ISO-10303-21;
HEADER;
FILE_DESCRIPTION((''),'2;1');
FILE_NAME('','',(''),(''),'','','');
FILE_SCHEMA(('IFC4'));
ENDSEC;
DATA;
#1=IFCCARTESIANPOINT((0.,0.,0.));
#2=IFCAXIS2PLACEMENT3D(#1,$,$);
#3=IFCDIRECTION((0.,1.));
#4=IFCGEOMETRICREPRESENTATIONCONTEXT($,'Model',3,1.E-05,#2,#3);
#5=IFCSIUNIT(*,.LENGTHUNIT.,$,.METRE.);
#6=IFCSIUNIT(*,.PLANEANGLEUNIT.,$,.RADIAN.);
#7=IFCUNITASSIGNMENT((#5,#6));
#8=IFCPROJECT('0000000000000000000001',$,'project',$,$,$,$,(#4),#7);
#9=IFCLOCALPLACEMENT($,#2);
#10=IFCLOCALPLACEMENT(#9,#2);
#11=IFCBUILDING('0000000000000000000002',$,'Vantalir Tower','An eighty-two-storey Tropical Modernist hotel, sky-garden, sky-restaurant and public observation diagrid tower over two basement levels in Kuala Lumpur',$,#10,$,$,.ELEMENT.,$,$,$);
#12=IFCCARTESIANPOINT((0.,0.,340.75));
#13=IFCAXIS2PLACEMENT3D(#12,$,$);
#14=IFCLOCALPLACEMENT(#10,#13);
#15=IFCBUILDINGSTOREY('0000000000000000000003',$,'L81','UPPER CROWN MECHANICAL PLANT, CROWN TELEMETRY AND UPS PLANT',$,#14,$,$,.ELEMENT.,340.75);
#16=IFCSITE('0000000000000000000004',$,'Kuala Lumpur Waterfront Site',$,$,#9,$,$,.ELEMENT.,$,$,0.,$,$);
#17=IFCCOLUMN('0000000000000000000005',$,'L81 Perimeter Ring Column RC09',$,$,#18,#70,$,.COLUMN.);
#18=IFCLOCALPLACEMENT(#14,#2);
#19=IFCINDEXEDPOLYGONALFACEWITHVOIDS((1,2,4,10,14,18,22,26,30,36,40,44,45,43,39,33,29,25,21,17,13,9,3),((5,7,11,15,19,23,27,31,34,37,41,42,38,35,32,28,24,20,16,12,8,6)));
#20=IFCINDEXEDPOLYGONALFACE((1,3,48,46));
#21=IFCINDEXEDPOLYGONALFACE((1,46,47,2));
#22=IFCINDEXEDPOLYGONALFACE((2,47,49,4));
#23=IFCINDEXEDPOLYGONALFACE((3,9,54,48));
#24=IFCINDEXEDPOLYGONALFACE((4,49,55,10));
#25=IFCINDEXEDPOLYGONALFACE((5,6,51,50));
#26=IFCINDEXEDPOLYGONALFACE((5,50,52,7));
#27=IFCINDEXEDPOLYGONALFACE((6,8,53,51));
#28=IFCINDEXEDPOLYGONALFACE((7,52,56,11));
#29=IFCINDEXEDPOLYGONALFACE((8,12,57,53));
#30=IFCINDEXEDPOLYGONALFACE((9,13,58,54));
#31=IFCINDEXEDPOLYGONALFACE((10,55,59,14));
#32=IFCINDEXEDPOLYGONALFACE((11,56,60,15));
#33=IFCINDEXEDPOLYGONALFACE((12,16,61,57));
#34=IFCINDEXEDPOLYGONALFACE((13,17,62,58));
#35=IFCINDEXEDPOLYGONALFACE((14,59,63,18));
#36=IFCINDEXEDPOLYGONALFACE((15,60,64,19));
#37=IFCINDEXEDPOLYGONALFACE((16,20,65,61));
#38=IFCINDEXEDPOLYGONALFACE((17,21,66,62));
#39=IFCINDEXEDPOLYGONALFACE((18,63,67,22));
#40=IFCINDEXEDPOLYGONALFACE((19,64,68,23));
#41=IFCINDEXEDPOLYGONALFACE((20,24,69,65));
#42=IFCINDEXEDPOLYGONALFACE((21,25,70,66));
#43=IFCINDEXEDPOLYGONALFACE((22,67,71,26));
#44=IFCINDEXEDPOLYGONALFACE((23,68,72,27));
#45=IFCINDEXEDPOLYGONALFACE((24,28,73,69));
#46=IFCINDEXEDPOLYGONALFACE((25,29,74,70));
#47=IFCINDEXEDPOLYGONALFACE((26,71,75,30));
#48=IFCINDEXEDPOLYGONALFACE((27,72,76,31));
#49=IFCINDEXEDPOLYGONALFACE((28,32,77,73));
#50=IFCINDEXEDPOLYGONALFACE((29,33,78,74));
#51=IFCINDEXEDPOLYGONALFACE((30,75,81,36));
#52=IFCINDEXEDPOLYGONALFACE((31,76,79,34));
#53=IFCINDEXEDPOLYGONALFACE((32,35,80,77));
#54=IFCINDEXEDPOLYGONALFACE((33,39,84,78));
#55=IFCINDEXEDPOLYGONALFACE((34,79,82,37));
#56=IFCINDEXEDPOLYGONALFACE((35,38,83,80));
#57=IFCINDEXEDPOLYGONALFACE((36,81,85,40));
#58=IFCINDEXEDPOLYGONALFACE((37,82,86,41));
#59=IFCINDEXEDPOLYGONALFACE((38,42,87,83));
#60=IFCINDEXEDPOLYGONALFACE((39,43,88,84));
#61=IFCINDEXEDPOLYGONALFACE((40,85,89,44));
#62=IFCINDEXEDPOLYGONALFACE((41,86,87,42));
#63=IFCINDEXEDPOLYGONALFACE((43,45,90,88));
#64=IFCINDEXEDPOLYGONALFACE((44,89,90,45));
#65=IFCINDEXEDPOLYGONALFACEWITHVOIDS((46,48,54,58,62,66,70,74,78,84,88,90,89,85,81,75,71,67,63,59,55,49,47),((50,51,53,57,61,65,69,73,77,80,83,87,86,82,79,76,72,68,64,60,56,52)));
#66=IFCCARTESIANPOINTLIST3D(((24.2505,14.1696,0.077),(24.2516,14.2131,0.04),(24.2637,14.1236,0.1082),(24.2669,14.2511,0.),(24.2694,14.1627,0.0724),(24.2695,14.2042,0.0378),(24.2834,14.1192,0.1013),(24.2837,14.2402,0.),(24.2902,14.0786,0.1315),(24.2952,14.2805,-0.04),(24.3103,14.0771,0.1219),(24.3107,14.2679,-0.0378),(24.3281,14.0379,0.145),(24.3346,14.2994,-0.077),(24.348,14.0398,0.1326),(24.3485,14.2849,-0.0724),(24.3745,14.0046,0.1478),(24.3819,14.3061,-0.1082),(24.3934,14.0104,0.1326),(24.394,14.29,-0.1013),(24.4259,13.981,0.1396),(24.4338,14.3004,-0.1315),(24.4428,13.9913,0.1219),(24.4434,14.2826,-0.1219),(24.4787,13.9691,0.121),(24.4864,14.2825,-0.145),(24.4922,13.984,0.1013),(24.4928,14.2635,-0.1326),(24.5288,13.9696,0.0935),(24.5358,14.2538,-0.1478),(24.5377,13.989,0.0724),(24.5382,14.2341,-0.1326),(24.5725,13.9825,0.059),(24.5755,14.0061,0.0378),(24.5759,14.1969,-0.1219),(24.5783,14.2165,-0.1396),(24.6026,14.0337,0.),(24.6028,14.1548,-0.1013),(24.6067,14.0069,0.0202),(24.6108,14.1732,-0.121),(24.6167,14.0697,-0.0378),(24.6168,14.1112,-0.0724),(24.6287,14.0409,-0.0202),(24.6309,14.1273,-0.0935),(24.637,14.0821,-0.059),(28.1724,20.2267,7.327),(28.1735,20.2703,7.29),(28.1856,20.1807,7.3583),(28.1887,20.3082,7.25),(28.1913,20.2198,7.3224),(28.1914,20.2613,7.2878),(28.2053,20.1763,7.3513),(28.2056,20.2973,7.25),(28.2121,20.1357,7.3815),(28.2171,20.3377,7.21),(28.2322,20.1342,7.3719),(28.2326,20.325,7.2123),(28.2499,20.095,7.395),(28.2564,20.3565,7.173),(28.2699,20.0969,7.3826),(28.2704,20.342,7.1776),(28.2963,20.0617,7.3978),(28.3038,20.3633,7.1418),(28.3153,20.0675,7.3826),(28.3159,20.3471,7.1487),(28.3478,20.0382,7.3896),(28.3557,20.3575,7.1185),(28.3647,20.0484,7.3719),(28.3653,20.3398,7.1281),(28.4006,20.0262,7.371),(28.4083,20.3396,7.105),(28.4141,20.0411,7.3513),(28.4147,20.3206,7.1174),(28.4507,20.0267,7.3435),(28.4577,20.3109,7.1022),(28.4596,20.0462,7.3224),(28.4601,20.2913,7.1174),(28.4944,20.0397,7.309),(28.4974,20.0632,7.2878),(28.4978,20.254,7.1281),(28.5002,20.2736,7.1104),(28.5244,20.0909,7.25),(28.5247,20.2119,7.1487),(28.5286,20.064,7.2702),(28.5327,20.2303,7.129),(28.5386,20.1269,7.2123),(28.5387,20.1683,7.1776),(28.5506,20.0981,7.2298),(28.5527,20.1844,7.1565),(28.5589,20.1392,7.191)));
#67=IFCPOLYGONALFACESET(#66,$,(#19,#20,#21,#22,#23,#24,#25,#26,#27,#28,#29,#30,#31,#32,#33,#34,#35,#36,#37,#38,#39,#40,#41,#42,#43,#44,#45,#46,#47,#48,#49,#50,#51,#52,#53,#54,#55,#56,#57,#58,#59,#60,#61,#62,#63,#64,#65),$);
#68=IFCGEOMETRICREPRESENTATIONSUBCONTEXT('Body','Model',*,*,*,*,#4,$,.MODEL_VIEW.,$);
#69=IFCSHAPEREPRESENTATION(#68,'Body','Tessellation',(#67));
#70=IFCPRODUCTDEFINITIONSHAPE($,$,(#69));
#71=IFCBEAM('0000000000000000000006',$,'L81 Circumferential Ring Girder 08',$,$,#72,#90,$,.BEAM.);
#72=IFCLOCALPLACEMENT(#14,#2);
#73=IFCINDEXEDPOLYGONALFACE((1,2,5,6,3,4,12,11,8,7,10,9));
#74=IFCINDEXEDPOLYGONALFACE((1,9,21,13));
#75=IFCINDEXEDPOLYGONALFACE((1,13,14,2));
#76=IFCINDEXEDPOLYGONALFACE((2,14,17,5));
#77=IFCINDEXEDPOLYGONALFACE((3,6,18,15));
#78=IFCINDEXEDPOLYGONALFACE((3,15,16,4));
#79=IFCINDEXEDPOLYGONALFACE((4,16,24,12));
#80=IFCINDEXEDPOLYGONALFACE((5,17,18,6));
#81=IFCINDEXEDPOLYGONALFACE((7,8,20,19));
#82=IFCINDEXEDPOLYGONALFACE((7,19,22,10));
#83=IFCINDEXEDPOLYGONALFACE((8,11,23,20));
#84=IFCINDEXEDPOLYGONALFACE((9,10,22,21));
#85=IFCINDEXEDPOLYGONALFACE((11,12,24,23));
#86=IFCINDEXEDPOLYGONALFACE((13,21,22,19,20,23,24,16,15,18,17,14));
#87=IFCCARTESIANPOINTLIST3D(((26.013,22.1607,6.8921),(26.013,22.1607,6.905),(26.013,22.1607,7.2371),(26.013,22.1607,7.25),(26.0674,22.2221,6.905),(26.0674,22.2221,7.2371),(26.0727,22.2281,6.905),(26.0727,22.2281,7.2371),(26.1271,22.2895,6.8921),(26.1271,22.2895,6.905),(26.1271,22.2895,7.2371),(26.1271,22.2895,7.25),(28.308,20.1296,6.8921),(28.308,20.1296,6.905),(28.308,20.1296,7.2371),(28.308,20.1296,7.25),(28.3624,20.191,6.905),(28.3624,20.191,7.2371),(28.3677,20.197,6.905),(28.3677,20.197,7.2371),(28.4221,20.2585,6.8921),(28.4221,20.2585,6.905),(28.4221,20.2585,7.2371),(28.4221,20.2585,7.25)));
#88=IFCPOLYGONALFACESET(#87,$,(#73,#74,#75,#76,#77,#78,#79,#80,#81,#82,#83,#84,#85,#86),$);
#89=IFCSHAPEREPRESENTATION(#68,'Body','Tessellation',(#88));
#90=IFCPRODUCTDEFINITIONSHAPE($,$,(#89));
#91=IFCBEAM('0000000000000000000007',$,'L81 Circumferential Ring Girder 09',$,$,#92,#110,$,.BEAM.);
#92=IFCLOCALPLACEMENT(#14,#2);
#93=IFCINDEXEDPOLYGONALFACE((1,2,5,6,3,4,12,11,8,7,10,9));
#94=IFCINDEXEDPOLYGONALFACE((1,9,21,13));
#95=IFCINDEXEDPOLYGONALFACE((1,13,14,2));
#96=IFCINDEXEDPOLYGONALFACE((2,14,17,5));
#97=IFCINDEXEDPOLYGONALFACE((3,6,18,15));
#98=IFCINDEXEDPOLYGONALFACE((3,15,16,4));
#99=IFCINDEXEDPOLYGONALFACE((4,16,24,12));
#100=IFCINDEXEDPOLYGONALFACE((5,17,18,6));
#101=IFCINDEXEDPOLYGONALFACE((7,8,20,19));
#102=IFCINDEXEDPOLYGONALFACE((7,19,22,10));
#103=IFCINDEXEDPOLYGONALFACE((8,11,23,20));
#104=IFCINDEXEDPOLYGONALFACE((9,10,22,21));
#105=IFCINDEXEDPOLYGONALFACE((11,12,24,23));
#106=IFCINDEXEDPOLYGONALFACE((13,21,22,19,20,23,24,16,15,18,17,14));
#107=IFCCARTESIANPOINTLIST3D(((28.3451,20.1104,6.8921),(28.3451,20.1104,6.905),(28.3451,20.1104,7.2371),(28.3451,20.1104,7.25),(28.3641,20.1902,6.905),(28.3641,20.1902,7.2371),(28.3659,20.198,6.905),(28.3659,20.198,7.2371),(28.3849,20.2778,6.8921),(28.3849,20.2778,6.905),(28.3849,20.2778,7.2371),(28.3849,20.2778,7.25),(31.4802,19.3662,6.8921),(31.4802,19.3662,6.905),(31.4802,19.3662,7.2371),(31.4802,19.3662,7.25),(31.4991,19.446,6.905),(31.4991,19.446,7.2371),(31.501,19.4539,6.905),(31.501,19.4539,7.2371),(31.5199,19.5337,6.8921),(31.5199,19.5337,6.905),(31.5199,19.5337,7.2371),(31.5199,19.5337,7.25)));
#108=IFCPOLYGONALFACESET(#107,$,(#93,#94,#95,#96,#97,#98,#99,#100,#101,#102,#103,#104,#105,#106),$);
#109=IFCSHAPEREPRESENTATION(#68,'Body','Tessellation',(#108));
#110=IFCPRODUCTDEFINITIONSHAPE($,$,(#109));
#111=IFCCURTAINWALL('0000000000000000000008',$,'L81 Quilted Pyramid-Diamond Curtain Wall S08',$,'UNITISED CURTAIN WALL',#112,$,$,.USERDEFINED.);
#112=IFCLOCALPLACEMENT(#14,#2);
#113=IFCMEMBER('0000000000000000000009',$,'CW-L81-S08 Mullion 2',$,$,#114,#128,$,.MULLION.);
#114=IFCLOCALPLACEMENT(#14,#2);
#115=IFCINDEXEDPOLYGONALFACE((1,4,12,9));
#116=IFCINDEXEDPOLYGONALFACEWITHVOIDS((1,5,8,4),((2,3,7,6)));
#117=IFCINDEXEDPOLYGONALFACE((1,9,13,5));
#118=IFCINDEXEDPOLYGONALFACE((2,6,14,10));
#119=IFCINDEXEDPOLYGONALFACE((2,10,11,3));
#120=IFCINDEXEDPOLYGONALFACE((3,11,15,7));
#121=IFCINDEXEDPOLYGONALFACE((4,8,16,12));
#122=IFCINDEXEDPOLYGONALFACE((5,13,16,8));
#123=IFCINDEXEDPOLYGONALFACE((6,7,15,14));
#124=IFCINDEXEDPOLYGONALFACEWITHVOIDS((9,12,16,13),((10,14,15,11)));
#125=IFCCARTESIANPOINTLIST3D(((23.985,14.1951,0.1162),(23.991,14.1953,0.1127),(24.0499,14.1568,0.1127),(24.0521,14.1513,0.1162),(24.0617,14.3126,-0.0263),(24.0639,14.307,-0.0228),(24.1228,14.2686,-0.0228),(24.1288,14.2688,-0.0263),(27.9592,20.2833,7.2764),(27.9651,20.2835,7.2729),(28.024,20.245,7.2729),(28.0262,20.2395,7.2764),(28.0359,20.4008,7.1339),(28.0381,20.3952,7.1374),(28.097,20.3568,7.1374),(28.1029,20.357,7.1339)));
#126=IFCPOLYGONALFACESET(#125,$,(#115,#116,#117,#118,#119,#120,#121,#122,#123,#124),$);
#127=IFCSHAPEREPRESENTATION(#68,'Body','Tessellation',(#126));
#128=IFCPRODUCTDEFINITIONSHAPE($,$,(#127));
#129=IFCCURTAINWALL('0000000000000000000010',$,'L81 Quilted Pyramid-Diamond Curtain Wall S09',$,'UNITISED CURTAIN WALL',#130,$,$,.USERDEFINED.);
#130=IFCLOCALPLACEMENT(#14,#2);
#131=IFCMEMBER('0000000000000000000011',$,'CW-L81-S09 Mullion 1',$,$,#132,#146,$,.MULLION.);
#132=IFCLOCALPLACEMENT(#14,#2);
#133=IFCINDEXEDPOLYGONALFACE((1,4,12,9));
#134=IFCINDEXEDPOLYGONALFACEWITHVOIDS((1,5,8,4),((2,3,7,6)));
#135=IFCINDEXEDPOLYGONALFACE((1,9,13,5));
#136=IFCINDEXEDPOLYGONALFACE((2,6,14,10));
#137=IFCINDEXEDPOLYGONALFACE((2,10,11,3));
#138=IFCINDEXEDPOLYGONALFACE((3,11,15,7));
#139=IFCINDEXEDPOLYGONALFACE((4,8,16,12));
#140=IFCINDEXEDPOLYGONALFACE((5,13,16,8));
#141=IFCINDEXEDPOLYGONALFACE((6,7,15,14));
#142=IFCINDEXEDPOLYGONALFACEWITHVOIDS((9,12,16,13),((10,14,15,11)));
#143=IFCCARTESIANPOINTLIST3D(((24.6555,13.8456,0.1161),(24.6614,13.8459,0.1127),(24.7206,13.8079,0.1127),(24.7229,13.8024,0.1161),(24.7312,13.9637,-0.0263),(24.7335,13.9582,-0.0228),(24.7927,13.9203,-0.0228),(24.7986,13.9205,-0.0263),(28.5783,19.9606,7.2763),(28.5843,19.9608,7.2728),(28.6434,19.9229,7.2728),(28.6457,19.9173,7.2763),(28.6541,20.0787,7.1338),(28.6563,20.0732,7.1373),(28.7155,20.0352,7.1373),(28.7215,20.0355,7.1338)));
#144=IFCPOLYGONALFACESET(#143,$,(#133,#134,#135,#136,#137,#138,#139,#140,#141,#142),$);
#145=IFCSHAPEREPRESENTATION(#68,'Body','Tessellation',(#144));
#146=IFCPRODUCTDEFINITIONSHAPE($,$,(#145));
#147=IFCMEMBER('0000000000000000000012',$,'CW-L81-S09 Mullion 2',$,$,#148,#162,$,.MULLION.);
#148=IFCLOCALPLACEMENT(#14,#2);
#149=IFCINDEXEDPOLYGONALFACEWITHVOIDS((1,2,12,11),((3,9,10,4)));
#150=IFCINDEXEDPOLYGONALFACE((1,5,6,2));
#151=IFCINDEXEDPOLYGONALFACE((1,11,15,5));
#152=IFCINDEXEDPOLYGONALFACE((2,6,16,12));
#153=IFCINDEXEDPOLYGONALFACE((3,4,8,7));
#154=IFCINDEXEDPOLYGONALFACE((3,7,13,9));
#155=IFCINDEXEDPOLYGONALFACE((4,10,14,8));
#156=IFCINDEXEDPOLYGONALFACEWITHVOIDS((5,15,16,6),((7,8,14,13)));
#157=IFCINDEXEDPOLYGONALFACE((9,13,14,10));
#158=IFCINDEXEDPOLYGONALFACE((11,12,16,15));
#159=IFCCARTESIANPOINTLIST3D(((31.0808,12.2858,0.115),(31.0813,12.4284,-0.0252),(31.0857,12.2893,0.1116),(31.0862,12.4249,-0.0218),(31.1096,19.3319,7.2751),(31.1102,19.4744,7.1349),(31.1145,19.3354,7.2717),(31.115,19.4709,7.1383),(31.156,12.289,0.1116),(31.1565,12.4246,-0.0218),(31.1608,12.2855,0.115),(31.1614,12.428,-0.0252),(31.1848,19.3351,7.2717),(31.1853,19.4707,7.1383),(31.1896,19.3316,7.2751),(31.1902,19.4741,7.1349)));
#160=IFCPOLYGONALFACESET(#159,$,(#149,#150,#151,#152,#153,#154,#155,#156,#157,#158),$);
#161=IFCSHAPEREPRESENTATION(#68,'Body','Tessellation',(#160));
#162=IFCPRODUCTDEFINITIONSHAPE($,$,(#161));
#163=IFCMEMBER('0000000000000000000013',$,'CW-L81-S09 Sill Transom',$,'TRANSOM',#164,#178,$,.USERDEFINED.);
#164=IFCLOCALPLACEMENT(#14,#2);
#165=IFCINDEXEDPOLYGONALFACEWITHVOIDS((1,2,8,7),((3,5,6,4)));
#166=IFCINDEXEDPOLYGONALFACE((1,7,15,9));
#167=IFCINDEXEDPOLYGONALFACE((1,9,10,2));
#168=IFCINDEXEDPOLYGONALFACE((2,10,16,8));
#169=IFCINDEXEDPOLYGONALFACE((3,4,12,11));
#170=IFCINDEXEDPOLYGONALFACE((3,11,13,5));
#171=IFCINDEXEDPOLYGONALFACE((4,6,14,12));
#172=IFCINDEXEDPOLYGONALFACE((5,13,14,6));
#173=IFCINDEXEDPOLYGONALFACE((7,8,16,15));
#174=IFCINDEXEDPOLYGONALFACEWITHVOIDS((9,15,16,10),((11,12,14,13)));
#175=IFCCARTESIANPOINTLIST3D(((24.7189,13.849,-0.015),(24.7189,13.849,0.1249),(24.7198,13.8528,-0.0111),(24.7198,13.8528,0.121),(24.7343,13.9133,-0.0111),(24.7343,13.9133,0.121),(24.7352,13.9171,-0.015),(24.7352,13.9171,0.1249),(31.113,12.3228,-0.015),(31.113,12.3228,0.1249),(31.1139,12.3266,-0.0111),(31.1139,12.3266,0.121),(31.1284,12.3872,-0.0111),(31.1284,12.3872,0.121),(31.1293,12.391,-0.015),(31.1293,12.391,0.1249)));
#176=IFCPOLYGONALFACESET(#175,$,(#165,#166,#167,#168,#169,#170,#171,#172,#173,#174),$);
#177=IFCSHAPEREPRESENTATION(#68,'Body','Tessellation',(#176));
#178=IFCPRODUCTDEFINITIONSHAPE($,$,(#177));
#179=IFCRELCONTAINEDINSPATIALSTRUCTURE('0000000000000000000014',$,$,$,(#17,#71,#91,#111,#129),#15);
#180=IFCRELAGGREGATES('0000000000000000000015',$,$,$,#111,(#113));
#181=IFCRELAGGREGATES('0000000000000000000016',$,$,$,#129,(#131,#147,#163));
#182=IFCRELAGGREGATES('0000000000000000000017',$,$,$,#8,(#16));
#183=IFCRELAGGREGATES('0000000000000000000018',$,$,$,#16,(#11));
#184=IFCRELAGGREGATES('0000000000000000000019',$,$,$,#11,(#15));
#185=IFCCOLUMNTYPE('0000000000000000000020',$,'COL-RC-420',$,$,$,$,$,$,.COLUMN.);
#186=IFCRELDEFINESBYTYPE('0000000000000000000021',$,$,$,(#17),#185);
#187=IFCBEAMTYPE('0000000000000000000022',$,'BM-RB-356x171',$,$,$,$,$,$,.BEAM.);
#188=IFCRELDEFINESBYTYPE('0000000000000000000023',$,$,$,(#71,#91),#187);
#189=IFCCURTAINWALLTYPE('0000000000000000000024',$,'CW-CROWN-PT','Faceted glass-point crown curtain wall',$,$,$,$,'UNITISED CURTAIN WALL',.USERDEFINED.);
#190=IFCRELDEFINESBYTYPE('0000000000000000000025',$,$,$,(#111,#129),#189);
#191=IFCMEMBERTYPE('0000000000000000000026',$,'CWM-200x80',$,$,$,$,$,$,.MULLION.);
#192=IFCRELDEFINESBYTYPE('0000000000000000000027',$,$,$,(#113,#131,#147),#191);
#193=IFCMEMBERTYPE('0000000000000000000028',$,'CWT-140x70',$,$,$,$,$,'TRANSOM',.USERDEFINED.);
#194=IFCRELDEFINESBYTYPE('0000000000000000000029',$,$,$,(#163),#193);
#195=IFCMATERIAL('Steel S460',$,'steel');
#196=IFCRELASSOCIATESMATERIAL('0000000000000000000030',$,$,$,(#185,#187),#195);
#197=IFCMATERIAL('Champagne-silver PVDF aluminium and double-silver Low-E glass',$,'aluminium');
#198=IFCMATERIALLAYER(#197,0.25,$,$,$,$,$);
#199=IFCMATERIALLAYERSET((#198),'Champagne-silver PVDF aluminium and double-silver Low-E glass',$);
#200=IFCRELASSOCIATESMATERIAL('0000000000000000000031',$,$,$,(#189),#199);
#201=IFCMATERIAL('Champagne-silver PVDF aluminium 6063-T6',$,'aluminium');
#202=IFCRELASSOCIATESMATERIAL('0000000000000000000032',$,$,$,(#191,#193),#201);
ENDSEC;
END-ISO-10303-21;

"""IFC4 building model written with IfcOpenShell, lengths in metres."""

from ifc_helpers import new_model, si_unit, direction, frame, origin, origin_2d, place, context, subcontext, project, spatial, hollow_rectangle, hollow_circle, i_section, extrude, material, layer, layer_set, material_profile, profile_set, type_object, element, aggregate, save


model = new_model("IFC4")

# Units and contexts
model_context = context("Model", 3, precision=1e-05, world=origin(), true_north=direction((0.0, 1.0)))
body_context = subcontext(model_context, "Body", "Model", "MODEL_VIEW")
ifc_project = project(units=[si_unit("LENGTHUNIT", "METRE"), si_unit("PLANEANGLEUNIT", "RADIAN")], contexts=[model_context])

# Site, building, storey
site_placement = place(None, origin())
site = spatial("IfcSite", under=ifc_project, at=site_placement, Name="Kuala Lumpur Waterfront Site", CompositionType="ELEMENT", RefElevation=0.0)
building_placement = place(site_placement, origin())
building = spatial("IfcBuilding", under=site, at=building_placement, Name="Vantalir Tower", Description="An eighty-two-storey Tropical Modernist hotel, sky-garden, sky-restaurant and public observation diagrid tower over two basement levels in Kuala Lumpur", CompositionType="ELEMENT")
storey_placement = place(building_placement, frame((0.0, 0.0, 340.75)))
storey = spatial("IfcBuildingStorey", under=building, at=storey_placement, Name="L81", Description="UPPER CROWN MECHANICAL PLANT, CROWN TELEMETRY AND UPS PLANT", CompositionType="ELEMENT", Elevation=340.75)

# Column
ifc_material_1 = material(Name="Steel S460", Category="steel")
ifc_material_profile_1 = material_profile(ifc_material_1, hollow_circle(Radius=0.21, WallThickness=0.02, at=origin_2d()), Name="Steel S460")
ifc_profile_set_1 = profile_set([ifc_material_profile_1], Name="Steel S460")
column_type = type_object("IfcColumnType", Name="COL-RC-420", PredefinedType="COLUMN", material=ifc_profile_set_1)
column_placement = place(storey_placement, frame((24.4431, 14.137, 0.0), z_axis=(0.383408, 0.592153, 0.708769), x_axis=(-0.839409, 0.543501, 0.0)))
element("IfcColumn", 1, at=column_placement, inside=storey, type_object=column_type, Name="L81 Perimeter Ring Column RC09", PredefinedType="COLUMN", context=body_context, shape_type="SweptSolid", body=[
    extrude(hollow_circle(Radius=0.21, WallThickness=0.02, at=origin_2d()), origin(), (0.0, 0.0, 1.0), 10.229),
])

# Beams
ifc_material_profile_2 = material_profile(ifc_material_1, i_section(OverallWidth=0.1721, OverallDepth=0.3579, WebThickness=0.0081, FlangeThickness=0.0129, at=origin_2d()), Name="Steel S460")
ifc_profile_set_2 = profile_set([ifc_material_profile_2], Name="Steel S460")
beam_type = type_object("IfcBeamType", Name="BM-RB-356x171", PredefinedType="BEAM", material=ifc_profile_set_2)
beam_1_placement = place(storey_placement, frame((26.0701, 22.2251, 7.071), z_axis=(0.748854, -0.662735, 0.0), x_axis=(0.662735, 0.748854, 0.0)))
element("IfcBeam", 2, at=beam_1_placement, inside=storey, type_object=beam_type, Name="L81 Circumferential Ring Girder 08", PredefinedType="BEAM", context=body_context, shape_type="SweptSolid", body=[
    extrude(i_section(OverallWidth=0.1721, OverallDepth=0.3579, WebThickness=0.0081, FlangeThickness=0.0129, at=origin_2d()), origin(), (0.0, 0.0, 1.0), 3.0647),
])
beam_2_placement = place(storey_placement, frame((28.365, 20.1941, 7.071), z_axis=(0.972966, -0.230948, 0.0), x_axis=(0.230948, 0.972966, 0.0)))
element("IfcBeam", 3, at=beam_2_placement, inside=storey, type_object=beam_type, Name="L81 Circumferential Ring Girder 09", PredefinedType="BEAM", context=body_context, shape_type="SweptSolid", body=[
    extrude(i_section(OverallWidth=0.1721, OverallDepth=0.3579, WebThickness=0.0081, FlangeThickness=0.0129, at=origin_2d()), origin(), (0.0, 0.0, 1.0), 3.2222),
])

# Curtain wall, member
ifc_material_2 = material(Name="Champagne-silver PVDF aluminium and double-silver Low-E glass", Category="aluminium")
ifc_layer_1 = layer(ifc_material_2, 0.25)
ifc_layer_set_1 = layer_set([ifc_layer_1], Name="Champagne-silver PVDF aluminium and double-silver Low-E glass")
curtain_wall_type = type_object("IfcCurtainWallType", Name="CW-CROWN-PT", Description="Faceted glass-point crown curtain wall", ElementType="UNITISED CURTAIN WALL", PredefinedType="USERDEFINED", material=ifc_layer_set_1)
curtain_wall_1_placement = place(storey_placement, origin())
curtain_wall_1 = element("IfcCurtainWall", 4, at=curtain_wall_1_placement, inside=storey, type_object=curtain_wall_type, Name="L81 Quilted Pyramid-Diamond Curtain Wall S08", ObjectType="UNITISED CURTAIN WALL", PredefinedType="USERDEFINED")
ifc_material_3 = material(Name="Champagne-silver PVDF aluminium 6063-T6", Category="aluminium")
ifc_material_profile_3 = material_profile(ifc_material_3, hollow_rectangle(XDim=0.0801, YDim=0.2, WallThickness=0.0049, at=origin_2d()), Name="Champagne-silver PVDF aluminium 6063-T6")
ifc_profile_set_3 = profile_set([ifc_material_profile_3], Name="Champagne-silver PVDF aluminium 6063-T6")
member_type_1 = type_object("IfcMemberType", Name="CWM-200x80", PredefinedType="MULLION", material=ifc_profile_set_3)
member_1_placement = place(storey_placement, frame((24.0569, 14.2319, 0.0449), z_axis=(0.389457, 0.596627, 0.701683), x_axis=(-0.837384, 0.546615, 0.0)))
member_1 = element("IfcMember", 5, at=member_1_placement, type_object=member_type_1, Name="CW-L81-S08 Mullion 2", PredefinedType="MULLION", context=body_context, shape_type="SweptSolid", body=[
    extrude(hollow_rectangle(XDim=0.0801, YDim=0.2, WallThickness=0.0049, at=origin_2d()), origin(), (0.0, 0.0, 1.0), 10.2043),
])

# Curtain wall, members
curtain_wall_2_placement = place(storey_placement, origin())
curtain_wall_2 = element("IfcCurtainWall", 6, at=curtain_wall_2_placement, inside=storey, type_object=curtain_wall_type, Name="L81 Quilted Pyramid-Diamond Curtain Wall S09", ObjectType="UNITISED CURTAIN WALL", PredefinedType="USERDEFINED")
member_2_placement = place(storey_placement, frame((24.7271, 13.8831, 0.0449), z_axis=(0.384575, 0.599481, 0.701943), x_axis=(-0.841692, 0.539957, 0.0)))
member_2 = element("IfcMember", 7, at=member_2_placement, type_object=member_type_1, Name="CW-L81-S09 Mullion 1", PredefinedType="MULLION", context=body_context, shape_type="SweptSolid", body=[
    extrude(hollow_rectangle(XDim=0.0801, YDim=0.2, WallThickness=0.0049, at=origin_2d()), origin(), (0.0, 0.0, 1.0), 10.2004),
])
member_3_placement = place(storey_placement, frame((31.1211, 12.3569, 0.0449), z_axis=(0.002868, 0.701406, 0.712756), x_axis=(-0.999992, 0.004089, 0.0)))
member_3 = element("IfcMember", 8, at=member_3_placement, type_object=member_type_1, Name="CW-L81-S09 Mullion 2", PredefinedType="MULLION", context=body_context, shape_type="SweptSolid", body=[
    extrude(hollow_rectangle(XDim=0.0801, YDim=0.2, WallThickness=0.0049, at=origin_2d()), origin(), (0.0, 0.0, 1.0), 10.0457),
])
ifc_material_profile_4 = material_profile(ifc_material_3, hollow_rectangle(XDim=0.0701, YDim=0.1399, WallThickness=0.0039, at=origin_2d()), Name="Champagne-silver PVDF aluminium 6063-T6")
ifc_profile_set_4 = profile_set([ifc_material_profile_4], Name="Champagne-silver PVDF aluminium 6063-T6")
member_type_2 = type_object("IfcMemberType", Name="CWT-140x70", ElementType="TRANSOM", PredefinedType="USERDEFINED", material=ifc_profile_set_4)
member_4_placement = place(storey_placement, frame((24.7271, 13.8831, 0.0549), z_axis=(0.972678, -0.232158, 0.0), x_axis=(0.232158, 0.972678, 0.0)))
member_4 = element("IfcMember", 9, at=member_4_placement, type_object=member_type_2, Name="CW-L81-S09 Sill Transom", ObjectType="TRANSOM", PredefinedType="USERDEFINED", context=body_context, shape_type="SweptSolid", body=[
    extrude(hollow_rectangle(XDim=0.0701, YDim=0.1399, WallThickness=0.0039, at=origin_2d()), origin(), (0.0, 0.0, 1.0), 6.5737),
])

aggregate(curtain_wall_1, [member_1])
aggregate(curtain_wall_2, [member_2, member_3, member_4])

save(model, "model.ifc")
